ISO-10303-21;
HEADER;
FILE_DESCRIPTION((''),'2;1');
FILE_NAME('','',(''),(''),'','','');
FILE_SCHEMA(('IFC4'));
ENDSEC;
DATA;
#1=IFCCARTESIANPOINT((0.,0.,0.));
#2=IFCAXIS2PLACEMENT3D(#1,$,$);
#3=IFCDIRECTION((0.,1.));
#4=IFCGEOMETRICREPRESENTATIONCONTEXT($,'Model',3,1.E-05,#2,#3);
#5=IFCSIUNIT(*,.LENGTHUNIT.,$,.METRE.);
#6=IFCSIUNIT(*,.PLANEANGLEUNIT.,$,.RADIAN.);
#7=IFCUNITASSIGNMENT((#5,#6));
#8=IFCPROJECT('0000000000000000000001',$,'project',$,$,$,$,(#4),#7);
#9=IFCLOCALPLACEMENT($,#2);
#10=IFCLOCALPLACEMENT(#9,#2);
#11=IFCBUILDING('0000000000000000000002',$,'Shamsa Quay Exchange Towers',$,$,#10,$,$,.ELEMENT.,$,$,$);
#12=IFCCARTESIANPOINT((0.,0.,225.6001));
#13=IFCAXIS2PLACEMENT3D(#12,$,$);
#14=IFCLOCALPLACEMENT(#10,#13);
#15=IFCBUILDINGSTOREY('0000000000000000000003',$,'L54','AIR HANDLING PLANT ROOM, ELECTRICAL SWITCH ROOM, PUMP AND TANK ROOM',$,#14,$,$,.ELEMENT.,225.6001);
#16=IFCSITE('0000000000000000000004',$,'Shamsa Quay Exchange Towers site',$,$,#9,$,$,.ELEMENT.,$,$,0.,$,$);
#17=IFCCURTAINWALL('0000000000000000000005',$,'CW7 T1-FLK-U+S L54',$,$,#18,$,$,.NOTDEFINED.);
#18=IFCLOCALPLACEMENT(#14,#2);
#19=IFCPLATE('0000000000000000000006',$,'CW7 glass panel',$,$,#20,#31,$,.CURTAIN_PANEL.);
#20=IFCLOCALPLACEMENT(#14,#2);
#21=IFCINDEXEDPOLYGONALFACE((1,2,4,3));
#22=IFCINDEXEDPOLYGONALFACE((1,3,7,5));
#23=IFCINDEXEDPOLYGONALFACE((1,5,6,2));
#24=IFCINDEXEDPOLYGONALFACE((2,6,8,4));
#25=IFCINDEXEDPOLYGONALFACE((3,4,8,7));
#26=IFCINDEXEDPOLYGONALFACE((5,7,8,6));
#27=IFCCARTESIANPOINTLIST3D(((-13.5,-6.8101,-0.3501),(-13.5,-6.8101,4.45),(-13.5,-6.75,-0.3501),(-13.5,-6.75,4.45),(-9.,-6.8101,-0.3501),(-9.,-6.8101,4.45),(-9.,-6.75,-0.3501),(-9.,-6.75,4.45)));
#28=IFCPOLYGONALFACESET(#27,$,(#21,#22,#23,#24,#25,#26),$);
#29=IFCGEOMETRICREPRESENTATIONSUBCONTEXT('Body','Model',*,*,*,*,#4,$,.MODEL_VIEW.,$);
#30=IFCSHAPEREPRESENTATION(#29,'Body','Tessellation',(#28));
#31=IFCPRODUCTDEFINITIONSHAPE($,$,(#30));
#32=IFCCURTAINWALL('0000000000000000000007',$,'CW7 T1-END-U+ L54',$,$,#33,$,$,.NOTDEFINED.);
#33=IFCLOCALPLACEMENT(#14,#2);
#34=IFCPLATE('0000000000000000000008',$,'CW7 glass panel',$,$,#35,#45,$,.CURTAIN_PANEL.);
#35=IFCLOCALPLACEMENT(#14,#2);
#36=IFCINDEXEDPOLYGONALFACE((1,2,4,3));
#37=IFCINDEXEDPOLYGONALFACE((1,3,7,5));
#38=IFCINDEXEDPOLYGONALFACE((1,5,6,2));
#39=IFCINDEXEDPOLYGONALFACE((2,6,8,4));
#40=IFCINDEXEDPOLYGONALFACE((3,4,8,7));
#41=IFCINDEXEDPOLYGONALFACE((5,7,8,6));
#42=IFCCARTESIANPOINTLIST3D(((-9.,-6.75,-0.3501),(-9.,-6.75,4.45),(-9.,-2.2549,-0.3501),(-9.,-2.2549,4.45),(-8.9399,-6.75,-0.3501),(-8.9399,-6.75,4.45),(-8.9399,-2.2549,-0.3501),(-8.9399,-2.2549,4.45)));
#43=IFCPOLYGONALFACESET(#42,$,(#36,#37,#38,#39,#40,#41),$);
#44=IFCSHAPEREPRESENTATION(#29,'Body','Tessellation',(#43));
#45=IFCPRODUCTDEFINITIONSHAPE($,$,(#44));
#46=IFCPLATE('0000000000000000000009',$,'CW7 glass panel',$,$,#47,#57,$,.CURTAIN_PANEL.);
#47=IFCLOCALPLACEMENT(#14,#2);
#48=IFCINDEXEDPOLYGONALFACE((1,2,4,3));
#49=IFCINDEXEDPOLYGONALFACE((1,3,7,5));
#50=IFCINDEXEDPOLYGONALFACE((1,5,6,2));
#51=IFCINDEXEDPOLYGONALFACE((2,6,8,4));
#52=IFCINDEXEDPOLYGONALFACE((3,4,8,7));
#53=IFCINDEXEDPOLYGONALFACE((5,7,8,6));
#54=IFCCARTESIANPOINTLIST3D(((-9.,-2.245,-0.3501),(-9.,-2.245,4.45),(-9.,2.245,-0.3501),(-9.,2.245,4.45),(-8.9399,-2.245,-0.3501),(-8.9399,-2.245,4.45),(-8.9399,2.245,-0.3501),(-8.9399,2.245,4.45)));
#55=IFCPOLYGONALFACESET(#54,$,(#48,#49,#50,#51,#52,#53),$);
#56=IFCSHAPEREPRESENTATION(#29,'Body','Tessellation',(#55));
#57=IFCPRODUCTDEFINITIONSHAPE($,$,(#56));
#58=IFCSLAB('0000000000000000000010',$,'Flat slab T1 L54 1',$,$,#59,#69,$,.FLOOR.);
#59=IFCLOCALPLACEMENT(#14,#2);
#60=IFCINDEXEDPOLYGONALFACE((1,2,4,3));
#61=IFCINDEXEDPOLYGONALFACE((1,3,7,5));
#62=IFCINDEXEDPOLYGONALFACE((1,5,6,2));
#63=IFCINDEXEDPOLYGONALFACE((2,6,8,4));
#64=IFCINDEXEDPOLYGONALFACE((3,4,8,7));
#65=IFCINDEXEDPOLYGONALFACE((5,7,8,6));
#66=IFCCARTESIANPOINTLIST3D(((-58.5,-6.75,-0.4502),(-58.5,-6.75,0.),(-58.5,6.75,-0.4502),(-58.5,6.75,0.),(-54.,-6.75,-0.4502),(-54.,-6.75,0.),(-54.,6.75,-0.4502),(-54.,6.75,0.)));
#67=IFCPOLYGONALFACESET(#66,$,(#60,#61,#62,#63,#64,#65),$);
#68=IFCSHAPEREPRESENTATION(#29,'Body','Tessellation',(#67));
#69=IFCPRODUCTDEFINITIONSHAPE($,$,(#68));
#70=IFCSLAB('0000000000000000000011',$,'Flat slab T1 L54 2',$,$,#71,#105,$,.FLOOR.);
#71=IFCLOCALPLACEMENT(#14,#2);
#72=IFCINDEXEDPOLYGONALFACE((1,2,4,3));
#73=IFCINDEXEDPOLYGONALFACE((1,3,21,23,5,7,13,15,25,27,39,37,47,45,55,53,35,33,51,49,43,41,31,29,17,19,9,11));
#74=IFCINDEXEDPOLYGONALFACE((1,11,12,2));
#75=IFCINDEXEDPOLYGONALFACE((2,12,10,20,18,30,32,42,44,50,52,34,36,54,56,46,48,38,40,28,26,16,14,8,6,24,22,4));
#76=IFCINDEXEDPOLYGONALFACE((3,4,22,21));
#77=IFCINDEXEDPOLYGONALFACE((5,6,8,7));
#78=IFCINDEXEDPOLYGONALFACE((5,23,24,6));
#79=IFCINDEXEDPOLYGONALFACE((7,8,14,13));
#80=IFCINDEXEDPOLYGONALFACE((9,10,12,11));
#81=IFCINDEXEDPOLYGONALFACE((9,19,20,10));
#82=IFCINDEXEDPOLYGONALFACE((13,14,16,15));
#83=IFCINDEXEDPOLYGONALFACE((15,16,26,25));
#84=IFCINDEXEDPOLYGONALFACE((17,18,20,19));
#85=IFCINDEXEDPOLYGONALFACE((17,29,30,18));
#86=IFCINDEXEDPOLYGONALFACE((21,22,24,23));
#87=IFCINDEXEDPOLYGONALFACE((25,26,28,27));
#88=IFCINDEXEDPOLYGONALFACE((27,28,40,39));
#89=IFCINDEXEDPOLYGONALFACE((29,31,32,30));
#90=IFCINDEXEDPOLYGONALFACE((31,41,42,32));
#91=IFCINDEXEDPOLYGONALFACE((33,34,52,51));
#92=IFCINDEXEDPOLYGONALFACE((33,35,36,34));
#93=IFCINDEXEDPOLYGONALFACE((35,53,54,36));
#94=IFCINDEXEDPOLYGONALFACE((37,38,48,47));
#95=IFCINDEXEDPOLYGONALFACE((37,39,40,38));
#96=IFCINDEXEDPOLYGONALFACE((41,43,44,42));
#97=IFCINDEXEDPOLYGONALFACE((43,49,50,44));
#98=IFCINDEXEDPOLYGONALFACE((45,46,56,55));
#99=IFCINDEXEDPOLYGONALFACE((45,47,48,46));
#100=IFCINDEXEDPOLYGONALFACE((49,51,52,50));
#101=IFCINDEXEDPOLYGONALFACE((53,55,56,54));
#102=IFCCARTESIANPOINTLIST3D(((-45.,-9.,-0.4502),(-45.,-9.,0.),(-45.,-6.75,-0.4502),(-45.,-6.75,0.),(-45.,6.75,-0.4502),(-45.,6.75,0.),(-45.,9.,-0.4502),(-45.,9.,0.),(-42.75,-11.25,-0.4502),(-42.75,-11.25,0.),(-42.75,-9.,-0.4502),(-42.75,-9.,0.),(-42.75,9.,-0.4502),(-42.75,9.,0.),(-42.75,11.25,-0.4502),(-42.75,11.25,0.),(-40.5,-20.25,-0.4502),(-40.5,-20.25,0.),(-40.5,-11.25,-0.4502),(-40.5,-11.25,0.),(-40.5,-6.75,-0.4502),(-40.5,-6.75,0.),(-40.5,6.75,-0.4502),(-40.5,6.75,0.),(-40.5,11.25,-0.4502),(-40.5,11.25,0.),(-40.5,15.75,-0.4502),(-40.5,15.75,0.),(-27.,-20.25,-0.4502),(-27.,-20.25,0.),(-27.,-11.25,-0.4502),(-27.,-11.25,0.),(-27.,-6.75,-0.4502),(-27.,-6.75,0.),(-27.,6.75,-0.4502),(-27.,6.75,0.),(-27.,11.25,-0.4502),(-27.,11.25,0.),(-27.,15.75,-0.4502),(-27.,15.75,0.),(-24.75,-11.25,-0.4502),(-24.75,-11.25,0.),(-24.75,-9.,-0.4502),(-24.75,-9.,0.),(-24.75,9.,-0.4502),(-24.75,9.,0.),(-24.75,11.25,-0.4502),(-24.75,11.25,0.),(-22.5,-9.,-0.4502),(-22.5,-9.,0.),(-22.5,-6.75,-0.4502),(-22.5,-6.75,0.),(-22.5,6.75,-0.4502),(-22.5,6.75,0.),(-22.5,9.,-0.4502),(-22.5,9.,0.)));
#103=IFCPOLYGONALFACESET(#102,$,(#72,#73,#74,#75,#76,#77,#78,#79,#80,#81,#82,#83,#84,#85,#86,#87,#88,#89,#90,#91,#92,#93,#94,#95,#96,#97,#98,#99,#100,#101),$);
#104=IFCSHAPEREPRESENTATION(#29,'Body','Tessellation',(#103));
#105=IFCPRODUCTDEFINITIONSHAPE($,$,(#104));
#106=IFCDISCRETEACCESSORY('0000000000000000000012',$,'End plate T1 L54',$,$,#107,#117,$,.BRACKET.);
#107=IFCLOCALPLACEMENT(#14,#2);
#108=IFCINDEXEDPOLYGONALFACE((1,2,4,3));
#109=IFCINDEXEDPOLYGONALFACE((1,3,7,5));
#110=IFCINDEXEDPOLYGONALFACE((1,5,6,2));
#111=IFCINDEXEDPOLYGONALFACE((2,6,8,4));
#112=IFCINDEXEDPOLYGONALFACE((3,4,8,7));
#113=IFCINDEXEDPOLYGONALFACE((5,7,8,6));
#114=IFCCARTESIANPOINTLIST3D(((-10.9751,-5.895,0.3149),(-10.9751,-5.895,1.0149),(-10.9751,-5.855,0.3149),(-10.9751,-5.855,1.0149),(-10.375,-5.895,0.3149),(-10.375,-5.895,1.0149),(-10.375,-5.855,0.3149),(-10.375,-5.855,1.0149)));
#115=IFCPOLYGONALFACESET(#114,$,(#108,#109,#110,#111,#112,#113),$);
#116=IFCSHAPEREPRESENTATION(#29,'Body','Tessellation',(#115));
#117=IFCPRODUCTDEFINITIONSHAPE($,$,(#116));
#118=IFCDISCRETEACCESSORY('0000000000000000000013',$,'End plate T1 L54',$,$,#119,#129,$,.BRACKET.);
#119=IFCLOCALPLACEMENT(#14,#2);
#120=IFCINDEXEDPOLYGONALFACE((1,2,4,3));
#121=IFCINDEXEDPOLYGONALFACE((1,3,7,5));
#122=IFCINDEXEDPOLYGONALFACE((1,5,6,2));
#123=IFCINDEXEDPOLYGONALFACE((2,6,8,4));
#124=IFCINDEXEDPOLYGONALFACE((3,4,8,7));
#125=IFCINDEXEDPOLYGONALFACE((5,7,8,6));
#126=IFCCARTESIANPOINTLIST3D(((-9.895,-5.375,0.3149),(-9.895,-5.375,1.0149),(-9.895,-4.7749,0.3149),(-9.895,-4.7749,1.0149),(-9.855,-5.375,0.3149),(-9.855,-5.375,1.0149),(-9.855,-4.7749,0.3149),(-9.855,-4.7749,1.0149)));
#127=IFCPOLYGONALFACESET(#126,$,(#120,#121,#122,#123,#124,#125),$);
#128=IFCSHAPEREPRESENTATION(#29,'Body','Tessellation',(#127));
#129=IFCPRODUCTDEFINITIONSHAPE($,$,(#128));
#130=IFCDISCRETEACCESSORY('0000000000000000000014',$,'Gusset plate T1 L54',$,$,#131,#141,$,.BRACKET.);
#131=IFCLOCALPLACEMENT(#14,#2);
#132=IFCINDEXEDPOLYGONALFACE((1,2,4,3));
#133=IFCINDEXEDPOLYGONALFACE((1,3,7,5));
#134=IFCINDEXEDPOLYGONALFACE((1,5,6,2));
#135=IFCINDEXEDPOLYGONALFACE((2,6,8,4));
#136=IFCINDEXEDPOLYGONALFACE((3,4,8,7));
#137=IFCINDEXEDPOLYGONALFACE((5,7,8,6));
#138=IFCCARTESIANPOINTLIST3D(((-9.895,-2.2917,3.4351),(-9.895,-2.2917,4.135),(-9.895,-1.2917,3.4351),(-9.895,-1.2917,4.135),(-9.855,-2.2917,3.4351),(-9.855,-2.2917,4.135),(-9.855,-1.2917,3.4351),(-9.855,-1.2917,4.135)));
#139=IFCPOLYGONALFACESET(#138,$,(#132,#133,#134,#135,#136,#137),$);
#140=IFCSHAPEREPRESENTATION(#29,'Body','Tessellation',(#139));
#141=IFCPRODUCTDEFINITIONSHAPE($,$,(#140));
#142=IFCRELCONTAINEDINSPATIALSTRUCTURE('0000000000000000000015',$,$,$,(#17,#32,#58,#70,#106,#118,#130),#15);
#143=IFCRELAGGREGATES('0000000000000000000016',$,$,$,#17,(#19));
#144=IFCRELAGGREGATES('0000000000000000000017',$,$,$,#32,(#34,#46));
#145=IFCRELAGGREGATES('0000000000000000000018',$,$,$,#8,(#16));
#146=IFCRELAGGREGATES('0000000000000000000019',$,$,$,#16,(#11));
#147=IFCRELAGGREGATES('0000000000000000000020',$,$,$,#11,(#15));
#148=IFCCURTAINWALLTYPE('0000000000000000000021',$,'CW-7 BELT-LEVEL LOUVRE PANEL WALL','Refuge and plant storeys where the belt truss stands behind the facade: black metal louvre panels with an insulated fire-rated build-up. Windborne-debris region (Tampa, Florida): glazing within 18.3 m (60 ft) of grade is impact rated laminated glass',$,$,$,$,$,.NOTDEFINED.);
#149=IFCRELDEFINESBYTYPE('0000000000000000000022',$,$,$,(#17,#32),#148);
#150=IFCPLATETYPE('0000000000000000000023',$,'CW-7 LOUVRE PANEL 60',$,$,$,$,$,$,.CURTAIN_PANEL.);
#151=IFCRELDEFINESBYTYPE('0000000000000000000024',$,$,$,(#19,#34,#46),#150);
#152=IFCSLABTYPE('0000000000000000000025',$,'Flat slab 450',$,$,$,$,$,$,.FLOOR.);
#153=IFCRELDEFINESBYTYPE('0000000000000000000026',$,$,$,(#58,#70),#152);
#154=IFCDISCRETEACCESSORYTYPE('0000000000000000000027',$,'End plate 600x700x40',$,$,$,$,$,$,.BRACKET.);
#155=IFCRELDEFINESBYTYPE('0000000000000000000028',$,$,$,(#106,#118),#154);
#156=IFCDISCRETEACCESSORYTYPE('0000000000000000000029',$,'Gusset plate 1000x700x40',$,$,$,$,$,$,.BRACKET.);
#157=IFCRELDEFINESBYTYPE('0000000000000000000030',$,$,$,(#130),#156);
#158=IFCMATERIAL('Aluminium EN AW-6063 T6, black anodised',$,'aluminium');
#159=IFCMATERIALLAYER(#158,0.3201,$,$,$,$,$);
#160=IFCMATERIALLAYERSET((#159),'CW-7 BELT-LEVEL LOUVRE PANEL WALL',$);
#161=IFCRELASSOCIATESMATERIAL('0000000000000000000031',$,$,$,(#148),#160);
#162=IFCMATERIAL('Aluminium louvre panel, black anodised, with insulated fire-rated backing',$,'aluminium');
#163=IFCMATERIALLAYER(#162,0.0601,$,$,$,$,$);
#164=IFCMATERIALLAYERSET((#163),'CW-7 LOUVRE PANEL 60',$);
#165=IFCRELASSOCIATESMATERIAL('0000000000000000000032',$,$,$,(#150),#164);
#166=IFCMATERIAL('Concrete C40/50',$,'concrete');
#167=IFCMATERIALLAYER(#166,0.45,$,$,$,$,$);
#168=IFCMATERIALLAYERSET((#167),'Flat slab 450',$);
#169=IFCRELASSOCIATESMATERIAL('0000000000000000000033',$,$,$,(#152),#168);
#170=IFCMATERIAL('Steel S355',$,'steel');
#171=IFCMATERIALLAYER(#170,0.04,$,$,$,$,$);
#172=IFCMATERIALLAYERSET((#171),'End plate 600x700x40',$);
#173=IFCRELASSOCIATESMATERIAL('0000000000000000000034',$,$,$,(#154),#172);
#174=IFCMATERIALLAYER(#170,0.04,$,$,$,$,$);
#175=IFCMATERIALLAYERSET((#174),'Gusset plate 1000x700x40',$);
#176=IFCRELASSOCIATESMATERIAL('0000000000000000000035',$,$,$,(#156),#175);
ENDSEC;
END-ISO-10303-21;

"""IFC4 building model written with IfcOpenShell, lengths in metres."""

from ifc_helpers import new_model, si_unit, direction, frame, origin, origin_2d, place, context, subcontext, project, spatial, polyline, rectangle, outline, extrude, material, layer, layer_set, type_object, element, aggregate, save


model = new_model("IFC4")

# Units and contexts
model_context = context("Model", 3, precision=1e-05, world=origin(), true_north=direction((0.0, 1.0)))
body_context = subcontext(model_context, "Body", "Model", "MODEL_VIEW")
ifc_project = project(units=[si_unit("LENGTHUNIT", "METRE"), si_unit("PLANEANGLEUNIT", "RADIAN")], contexts=[model_context])

# Site, building, storey
site_placement = place(None, origin())
site = spatial("IfcSite", under=ifc_project, at=site_placement, Name="Shamsa Quay Exchange Towers site", CompositionType="ELEMENT", RefElevation=0.0)
building_placement = place(site_placement, origin())
building = spatial("IfcBuilding", under=site, at=building_placement, Name="Shamsa Quay Exchange Towers", CompositionType="ELEMENT")
storey_placement = place(building_placement, frame((0.0, 0.0, 225.6001)))
storey = spatial("IfcBuildingStorey", under=building, at=storey_placement, Name="L54", Description="AIR HANDLING PLANT ROOM, ELECTRICAL SWITCH ROOM, PUMP AND TANK ROOM", CompositionType="ELEMENT", Elevation=225.6001)

# Shared definitions
ifc_material_1 = material(Name="Steel S355", Category="steel")

# Curtain wall, plate
ifc_material_2 = material(Name="Aluminium EN AW-6063 T6, black anodised", Category="aluminium")
ifc_layer_1 = layer(ifc_material_2, 0.3201)
ifc_layer_set_1 = layer_set([ifc_layer_1], Name="CW-7 BELT-LEVEL LOUVRE PANEL WALL")
curtain_wall_type = type_object("IfcCurtainWallType", Name="CW-7 BELT-LEVEL LOUVRE PANEL WALL", Description="Refuge and plant storeys where the belt truss stands behind the facade: black metal louvre panels with an insulated fire-rated build-up. Windborne-debris region (Tampa, Florida): glazing within 18.3 m (60 ft) of grade is impact rated laminated glass", PredefinedType="NOTDEFINED", material=ifc_layer_set_1)
curtain_wall_1_placement = place(storey_placement, origin())
curtain_wall_1 = element("IfcCurtainWall", 1, at=curtain_wall_1_placement, inside=storey, type_object=curtain_wall_type, Name="CW7 T1-FLK-U+S L54", PredefinedType="NOTDEFINED")
ifc_material_3 = material(Name="Aluminium louvre panel, black anodised, with insulated fire-rated backing", Category="aluminium")
ifc_layer_2 = layer(ifc_material_3, 0.0601)
ifc_layer_set_2 = layer_set([ifc_layer_2], Name="CW-7 LOUVRE PANEL 60")
plate_type = type_object("IfcPlateType", Name="CW-7 LOUVRE PANEL 60", PredefinedType="CURTAIN_PANEL", material=ifc_layer_set_2)
plate_1_placement = place(storey_placement, frame((-11.25, -6.78, -0.3501)))
plate_1 = element("IfcPlate", 2, at=plate_1_placement, type_object=plate_type, Name="CW7 glass panel", PredefinedType="CURTAIN_PANEL", context=body_context, shape_type="SweptSolid", body=[
    extrude(rectangle(XDim=4.5, YDim=0.0601, at=origin_2d()), origin(), (0.0, 0.0, 1.0), 4.8),
])
aggregate(curtain_wall_1, [plate_1])

# Curtain wall, plates
curtain_wall_2_placement = place(storey_placement, origin())
curtain_wall_2 = element("IfcCurtainWall", 3, at=curtain_wall_2_placement, inside=storey, type_object=curtain_wall_type, Name="CW7 T1-END-U+ L54", PredefinedType="NOTDEFINED")
plate_2_placement = place(storey_placement, frame((-8.97, -4.5024, -0.3501), z_axis=(0.0, 0.0, 1.0), x_axis=(0.0, 1.0, 0.0)))
plate_2 = element("IfcPlate", 4, at=plate_2_placement, type_object=plate_type, Name="CW7 glass panel", PredefinedType="CURTAIN_PANEL", context=body_context, shape_type="SweptSolid", body=[
    extrude(rectangle(XDim=4.4951, YDim=0.0601, at=origin_2d()), origin(), (0.0, 0.0, 1.0), 4.8),
])
plate_3_placement = place(storey_placement, frame((-8.97, 0.0, -0.3501), z_axis=(0.0, 0.0, 1.0), x_axis=(0.0, 1.0, 0.0)))
plate_3 = element("IfcPlate", 5, at=plate_3_placement, type_object=plate_type, Name="CW7 glass panel", PredefinedType="CURTAIN_PANEL", context=body_context, shape_type="SweptSolid", body=[
    extrude(rectangle(XDim=4.49, YDim=0.0601, at=origin_2d()), origin(), (0.0, 0.0, 1.0), 4.8),
])
aggregate(curtain_wall_2, [plate_2, plate_3])

# Slabs
ifc_material_4 = material(Name="Concrete C40/50", Category="concrete")
ifc_layer_3 = layer(ifc_material_4, 0.45)
ifc_layer_set_3 = layer_set([ifc_layer_3], Name="Flat slab 450")
slab_type = type_object("IfcSlabType", Name="Flat slab 450", PredefinedType="FLOOR", material=ifc_layer_set_3)
slab_1_placement = place(storey_placement, frame((0.0, 0.0, -0.4502)))
element("IfcSlab", 6, at=slab_1_placement, inside=storey, type_object=slab_type, Name="Flat slab T1 L54 1", PredefinedType="FLOOR", context=body_context, shape_type="SweptSolid", body=[
    extrude(outline(polyline([(-58.5, -6.75), (-54.0, -6.75), (-54.0, 6.75), (-58.5, 6.75), (-58.5, -6.75)])), origin(), (0.0, 0.0, 1.0), 0.4502),
])
slab_2_placement = place(storey_placement, frame((0.0, 0.0, -0.4502)))
element("IfcSlab", 7, at=slab_2_placement, inside=storey, type_object=slab_type, Name="Flat slab T1 L54 2", PredefinedType="FLOOR", context=body_context, shape_type="SweptSolid", body=[
    extrude(outline(polyline([(-22.5, -9.0), (-22.5, -6.75), (-27.0, -6.75), (-27.0, 6.75), (-22.5, 6.75), (-22.5, 9.0), (-24.75, 9.0), (-24.75, 11.25), (-27.0, 11.25), (-27.0, 15.75), (-40.5, 15.75), (-40.5, 11.25), (-42.75, 11.25), (-42.75, 9.0), (-45.0, 9.0), (-45.0, 6.75), (-40.5, 6.75), (-40.5, -6.75), (-45.0, -6.75), (-45.0, -9.0), (-42.75, -9.0), (-42.75, -11.25), (-40.5, -11.25), (-40.5, -20.25), (-27.0, -20.25), (-27.0, -11.25), (-24.75, -11.25), (-24.75, -9.0), (-22.5, -9.0)])), origin(), (0.0, 0.0, 1.0), 0.4502),
])

# Discrete accessories
ifc_layer_4 = layer(ifc_material_1, 0.04)
ifc_layer_set_4 = layer_set([ifc_layer_4], Name="End plate 600x700x40")
discrete_accessory_type_1 = type_object("IfcDiscreteAccessoryType", Name="End plate 600x700x40", PredefinedType="BRACKET", material=ifc_layer_set_4)
for number, where, z_axis, x_axis, name in (
    (8, (-10.675, -5.875, 0.3149), (0.0, 0.0, 1.0), (-1.0, 0.0, 0.0), "End plate T1 L54"),
    (9, (-9.875, -5.075, 0.3149), (0.0, 0.0, 1.0), (0.0, 1.0, 0.0), "End plate T1 L54"),
):
    element("IfcDiscreteAccessory", number, at=place(storey_placement, frame(where, z_axis=z_axis, x_axis=x_axis)), inside=storey, type_object=discrete_accessory_type_1, Name=name, PredefinedType="BRACKET", context=body_context, shape_type="SweptSolid", body=[
        extrude(rectangle(XDim=0.6001, YDim=0.04, at=origin_2d()), origin(), (0.0, 0.0, 1.0), 0.7),
    ])
ifc_layer_5 = layer(ifc_material_1, 0.04)
ifc_layer_set_5 = layer_set([ifc_layer_5], Name="Gusset plate 1000x700x40")
discrete_accessory_type_2 = type_object("IfcDiscreteAccessoryType", Name="Gusset plate 1000x700x40", PredefinedType="BRACKET", material=ifc_layer_set_5)
discrete_accessory_placement = place(storey_placement, frame((-9.875, -1.7917, 3.4351), z_axis=(0.0, 0.0, 1.0), x_axis=(0.0, 1.0, 0.0)))
element("IfcDiscreteAccessory", 10, at=discrete_accessory_placement, inside=storey, type_object=discrete_accessory_type_2, Name="Gusset plate T1 L54", PredefinedType="BRACKET", context=body_context, shape_type="SweptSolid", body=[
    extrude(rectangle(XDim=1.0, YDim=0.04, at=origin_2d()), origin(), (0.0, 0.0, 1.0), 0.7),
])

save(model, "model.ifc")
